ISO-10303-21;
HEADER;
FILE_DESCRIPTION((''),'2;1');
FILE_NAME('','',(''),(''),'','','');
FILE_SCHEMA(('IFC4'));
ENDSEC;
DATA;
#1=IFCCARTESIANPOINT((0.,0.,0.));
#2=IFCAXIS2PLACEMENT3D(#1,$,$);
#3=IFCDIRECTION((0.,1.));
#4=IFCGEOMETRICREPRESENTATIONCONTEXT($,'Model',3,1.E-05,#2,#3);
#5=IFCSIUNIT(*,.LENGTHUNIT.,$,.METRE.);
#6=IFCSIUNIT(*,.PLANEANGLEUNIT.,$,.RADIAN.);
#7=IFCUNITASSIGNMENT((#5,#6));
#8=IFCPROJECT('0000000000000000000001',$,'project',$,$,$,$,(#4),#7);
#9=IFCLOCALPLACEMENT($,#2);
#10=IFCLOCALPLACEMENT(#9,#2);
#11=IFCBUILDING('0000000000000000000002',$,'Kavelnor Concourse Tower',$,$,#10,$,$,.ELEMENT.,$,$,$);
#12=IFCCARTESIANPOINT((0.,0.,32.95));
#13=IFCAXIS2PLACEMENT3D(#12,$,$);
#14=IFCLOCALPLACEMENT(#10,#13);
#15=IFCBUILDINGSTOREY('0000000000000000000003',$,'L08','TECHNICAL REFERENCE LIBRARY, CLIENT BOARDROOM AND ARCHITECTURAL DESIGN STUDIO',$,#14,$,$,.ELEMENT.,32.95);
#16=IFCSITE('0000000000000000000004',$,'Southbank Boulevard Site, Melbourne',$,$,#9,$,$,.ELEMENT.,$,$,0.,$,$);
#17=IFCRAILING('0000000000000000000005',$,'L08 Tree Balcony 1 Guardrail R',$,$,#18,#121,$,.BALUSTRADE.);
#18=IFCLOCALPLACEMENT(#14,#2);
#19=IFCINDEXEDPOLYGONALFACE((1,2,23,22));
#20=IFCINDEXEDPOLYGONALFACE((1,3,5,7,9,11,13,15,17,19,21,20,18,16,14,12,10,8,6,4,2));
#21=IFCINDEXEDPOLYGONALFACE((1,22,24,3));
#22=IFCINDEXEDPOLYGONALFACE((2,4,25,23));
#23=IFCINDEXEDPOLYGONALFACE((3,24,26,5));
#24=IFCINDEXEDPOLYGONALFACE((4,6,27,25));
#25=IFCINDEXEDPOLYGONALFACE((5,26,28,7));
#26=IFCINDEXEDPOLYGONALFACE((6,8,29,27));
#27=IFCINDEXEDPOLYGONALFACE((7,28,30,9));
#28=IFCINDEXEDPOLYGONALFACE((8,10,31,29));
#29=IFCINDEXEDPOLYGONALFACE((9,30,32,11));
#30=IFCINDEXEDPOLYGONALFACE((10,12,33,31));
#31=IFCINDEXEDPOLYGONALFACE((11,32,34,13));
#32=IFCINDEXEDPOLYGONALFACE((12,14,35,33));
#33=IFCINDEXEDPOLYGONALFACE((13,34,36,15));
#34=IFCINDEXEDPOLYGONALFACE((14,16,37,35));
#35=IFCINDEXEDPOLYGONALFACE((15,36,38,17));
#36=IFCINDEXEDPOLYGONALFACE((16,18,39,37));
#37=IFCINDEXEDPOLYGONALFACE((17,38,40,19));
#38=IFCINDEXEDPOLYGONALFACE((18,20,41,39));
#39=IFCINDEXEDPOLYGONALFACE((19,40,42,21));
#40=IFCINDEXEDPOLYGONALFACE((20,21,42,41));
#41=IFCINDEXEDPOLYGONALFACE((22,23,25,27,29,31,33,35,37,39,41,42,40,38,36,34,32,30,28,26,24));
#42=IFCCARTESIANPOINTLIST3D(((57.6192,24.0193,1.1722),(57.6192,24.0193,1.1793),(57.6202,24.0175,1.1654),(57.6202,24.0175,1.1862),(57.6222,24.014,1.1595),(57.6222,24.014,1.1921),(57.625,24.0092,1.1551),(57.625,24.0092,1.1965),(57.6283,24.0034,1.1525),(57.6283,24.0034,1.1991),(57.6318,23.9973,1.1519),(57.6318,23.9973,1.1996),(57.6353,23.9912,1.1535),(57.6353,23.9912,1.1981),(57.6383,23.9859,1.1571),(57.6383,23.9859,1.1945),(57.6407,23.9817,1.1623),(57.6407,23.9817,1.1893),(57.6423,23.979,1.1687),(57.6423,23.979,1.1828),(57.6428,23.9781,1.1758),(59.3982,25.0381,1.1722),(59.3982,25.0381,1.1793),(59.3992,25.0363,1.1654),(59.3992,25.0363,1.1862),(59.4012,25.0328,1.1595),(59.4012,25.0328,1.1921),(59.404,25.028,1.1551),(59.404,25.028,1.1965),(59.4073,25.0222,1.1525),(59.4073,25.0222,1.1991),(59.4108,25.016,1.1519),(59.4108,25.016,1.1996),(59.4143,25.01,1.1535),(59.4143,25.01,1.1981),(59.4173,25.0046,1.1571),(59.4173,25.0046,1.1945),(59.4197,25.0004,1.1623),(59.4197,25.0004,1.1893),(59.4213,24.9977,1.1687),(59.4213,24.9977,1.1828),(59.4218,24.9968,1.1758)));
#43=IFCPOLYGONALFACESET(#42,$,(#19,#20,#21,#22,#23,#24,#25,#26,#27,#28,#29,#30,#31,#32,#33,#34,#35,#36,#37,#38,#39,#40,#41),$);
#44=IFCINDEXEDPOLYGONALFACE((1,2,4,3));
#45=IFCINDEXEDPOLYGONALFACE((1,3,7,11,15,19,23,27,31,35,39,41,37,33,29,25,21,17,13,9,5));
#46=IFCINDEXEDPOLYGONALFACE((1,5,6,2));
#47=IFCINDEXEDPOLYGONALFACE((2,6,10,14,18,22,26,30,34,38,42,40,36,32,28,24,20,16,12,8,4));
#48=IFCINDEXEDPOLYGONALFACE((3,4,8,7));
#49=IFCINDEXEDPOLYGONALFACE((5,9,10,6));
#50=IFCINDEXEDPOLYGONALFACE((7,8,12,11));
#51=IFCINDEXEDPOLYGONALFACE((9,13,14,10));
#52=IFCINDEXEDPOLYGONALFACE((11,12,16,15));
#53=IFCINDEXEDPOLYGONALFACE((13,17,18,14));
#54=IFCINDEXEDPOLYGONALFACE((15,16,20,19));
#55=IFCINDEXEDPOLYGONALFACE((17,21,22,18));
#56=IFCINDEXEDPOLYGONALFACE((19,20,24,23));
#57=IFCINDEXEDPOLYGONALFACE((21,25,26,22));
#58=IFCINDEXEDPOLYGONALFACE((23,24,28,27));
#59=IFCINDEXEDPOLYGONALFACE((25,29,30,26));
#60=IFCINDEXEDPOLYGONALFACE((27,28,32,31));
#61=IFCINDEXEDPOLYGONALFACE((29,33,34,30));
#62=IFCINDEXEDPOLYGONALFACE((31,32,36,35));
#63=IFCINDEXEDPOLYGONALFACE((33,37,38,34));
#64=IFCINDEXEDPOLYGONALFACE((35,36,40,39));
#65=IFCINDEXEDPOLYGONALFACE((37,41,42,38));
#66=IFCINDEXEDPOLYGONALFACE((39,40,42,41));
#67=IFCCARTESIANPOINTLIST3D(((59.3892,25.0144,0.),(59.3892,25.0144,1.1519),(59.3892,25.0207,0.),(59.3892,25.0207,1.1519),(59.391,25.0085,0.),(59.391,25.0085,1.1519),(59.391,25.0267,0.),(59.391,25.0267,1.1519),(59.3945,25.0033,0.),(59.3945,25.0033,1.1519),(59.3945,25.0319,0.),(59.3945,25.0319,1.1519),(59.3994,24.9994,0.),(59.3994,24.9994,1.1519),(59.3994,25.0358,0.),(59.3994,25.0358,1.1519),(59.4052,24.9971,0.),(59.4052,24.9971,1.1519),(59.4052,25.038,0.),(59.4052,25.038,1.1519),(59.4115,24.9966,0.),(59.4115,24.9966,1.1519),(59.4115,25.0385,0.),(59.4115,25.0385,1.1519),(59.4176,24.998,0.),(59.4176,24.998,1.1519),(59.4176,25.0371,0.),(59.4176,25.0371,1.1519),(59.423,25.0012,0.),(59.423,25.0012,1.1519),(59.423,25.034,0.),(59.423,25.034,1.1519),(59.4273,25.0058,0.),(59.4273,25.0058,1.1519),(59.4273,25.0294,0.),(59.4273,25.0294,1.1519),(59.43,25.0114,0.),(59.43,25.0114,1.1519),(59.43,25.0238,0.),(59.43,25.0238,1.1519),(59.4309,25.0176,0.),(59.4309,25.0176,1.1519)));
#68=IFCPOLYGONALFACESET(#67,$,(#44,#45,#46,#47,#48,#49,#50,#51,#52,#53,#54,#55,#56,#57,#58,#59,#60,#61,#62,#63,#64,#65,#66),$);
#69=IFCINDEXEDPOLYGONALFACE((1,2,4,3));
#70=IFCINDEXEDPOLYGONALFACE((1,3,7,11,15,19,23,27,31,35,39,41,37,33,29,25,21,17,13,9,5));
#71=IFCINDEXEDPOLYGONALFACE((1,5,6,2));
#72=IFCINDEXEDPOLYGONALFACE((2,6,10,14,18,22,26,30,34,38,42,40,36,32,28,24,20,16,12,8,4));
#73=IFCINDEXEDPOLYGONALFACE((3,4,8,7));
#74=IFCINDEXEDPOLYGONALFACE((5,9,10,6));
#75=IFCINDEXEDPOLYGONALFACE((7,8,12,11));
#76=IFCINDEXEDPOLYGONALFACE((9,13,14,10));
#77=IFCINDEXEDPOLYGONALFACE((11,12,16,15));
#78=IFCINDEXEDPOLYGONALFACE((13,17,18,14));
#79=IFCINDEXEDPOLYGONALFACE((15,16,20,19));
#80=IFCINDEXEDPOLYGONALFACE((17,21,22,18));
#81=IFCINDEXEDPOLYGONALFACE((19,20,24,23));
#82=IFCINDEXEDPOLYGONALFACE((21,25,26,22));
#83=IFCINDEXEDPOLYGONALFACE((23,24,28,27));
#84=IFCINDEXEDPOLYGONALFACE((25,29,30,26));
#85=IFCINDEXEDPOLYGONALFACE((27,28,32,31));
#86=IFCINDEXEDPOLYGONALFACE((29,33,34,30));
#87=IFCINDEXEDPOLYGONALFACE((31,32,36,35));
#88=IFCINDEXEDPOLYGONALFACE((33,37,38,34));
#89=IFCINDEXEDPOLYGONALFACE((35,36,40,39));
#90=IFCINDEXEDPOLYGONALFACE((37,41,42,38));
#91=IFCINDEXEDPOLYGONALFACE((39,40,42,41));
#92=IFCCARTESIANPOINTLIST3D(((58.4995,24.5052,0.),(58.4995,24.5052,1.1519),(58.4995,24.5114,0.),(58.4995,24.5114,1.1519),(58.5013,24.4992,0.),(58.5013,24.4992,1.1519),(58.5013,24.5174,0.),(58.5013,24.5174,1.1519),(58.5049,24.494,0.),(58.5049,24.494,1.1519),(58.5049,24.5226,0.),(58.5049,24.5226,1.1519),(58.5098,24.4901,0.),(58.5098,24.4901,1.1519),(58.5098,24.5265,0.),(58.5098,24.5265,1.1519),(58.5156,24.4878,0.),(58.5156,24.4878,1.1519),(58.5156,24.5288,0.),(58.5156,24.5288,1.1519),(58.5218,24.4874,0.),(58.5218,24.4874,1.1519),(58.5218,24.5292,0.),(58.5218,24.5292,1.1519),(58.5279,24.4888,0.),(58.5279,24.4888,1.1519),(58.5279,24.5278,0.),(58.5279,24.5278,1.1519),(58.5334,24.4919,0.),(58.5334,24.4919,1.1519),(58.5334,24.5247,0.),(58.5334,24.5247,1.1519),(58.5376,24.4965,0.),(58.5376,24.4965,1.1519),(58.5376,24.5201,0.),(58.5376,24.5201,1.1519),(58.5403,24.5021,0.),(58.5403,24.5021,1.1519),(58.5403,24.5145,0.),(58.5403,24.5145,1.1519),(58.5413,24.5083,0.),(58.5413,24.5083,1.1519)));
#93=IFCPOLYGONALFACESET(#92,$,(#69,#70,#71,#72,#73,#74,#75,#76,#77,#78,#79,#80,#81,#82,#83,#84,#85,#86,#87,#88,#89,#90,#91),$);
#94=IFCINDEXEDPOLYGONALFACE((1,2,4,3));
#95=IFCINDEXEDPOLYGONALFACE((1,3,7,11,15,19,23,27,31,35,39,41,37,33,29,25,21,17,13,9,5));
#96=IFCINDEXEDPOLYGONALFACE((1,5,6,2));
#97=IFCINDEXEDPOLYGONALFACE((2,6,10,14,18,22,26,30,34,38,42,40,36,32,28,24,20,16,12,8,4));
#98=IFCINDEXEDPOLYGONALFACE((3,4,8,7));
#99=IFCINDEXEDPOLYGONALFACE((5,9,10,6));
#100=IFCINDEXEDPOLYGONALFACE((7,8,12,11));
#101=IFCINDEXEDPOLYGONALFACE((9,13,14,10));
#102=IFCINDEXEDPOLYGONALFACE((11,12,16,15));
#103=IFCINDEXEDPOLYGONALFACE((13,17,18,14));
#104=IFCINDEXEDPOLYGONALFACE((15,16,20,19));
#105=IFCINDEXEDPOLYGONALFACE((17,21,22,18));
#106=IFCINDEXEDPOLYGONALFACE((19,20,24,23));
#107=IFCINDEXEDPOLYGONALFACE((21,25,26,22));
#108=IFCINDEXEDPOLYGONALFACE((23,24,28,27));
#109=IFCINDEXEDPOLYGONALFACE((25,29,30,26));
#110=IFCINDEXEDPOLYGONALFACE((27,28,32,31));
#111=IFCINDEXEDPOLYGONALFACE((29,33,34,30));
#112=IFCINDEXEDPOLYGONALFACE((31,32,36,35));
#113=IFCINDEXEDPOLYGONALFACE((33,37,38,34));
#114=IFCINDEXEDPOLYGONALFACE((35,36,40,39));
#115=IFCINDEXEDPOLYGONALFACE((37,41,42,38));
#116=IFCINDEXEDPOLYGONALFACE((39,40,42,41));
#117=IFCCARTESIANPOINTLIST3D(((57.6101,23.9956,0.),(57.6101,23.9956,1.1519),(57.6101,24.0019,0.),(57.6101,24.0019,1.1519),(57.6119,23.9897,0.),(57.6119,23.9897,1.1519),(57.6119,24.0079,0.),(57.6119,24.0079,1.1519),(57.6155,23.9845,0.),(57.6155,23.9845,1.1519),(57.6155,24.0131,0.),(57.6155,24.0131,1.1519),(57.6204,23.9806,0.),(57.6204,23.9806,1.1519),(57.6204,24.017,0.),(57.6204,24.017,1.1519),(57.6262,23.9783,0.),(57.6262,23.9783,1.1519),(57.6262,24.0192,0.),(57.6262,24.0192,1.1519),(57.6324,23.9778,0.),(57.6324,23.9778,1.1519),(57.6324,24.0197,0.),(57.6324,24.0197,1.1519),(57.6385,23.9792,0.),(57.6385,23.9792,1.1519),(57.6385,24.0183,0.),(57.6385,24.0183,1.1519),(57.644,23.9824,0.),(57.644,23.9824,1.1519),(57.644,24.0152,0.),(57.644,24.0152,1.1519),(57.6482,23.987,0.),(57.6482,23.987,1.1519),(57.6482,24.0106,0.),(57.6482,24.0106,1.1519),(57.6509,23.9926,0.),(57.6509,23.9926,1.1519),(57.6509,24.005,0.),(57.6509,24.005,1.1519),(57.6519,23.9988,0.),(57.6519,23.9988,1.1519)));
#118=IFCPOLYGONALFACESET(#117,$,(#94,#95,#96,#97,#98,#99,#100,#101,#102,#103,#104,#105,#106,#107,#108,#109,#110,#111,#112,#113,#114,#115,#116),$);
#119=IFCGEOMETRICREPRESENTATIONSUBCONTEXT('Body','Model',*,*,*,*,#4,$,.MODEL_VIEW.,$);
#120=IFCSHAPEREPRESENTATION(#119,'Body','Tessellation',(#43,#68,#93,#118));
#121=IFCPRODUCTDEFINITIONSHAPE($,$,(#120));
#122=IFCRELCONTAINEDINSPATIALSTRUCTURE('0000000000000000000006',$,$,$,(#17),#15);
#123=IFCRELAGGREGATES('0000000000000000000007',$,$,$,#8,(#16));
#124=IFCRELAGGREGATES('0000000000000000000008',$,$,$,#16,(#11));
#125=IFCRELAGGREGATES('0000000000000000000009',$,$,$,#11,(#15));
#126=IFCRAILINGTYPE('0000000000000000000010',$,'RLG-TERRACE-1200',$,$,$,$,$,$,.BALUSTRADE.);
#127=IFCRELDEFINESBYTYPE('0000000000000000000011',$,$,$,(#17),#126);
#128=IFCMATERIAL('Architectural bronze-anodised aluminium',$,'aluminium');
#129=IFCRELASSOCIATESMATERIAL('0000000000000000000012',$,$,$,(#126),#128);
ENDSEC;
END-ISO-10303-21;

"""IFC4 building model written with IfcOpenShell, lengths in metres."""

from ifc_helpers import new_model, si_unit, direction, frame, origin, origin_2d, place, context, subcontext, project, spatial, circle, extrude, material, type_object, element, save


model = new_model("IFC4")

# Units and contexts
model_context = context("Model", 3, precision=1e-05, world=origin(), true_north=direction((0.0, 1.0)))
body_context = subcontext(model_context, "Body", "Model", "MODEL_VIEW")
ifc_project = project(units=[si_unit("LENGTHUNIT", "METRE"), si_unit("PLANEANGLEUNIT", "RADIAN")], contexts=[model_context])

# Site, building, storey
site_placement = place(None, origin())
site = spatial("IfcSite", under=ifc_project, at=site_placement, Name="Southbank Boulevard Site, Melbourne", CompositionType="ELEMENT", RefElevation=0.0)
building_placement = place(site_placement, origin())
building = spatial("IfcBuilding", under=site, at=building_placement, Name="Kavelnor Concourse Tower", CompositionType="ELEMENT")
storey_placement = place(building_placement, frame((0.0, 0.0, 32.95)))
storey = spatial("IfcBuildingStorey", under=building, at=storey_placement, Name="L08", Description="TECHNICAL REFERENCE LIBRARY, CLIENT BOARDROOM AND ARCHITECTURAL DESIGN STUDIO", CompositionType="ELEMENT", Elevation=32.95)

# Railing
ifc_material_1 = material(Name="Architectural bronze-anodised aluminium", Category="aluminium")
railing_type_1 = type_object("IfcRailingType", Name="RLG-TERRACE-1200", PredefinedType="BALUSTRADE", material=ifc_material_1)
railing_1_placement = place(storey_placement, frame((59.4099, 25.0176, 0.0)))
element("IfcRailing", 1, at=railing_1_placement, inside=storey, type_object=railing_type_1, Name="L08 Tree Balcony 1 Guardrail R", PredefinedType="BALUSTRADE", context=body_context, shape_type="SweptSolid", body=[
    extrude(circle(Radius=0.0239, at=origin_2d()), frame((0.0, 0.0, 1.1758), z_axis=(-0.867781, -0.496947, 0.0), x_axis=(0.496947, -0.867781, 0.0)), (0.0, 0.0, 1.0), 2.05),
    extrude(circle(Radius=0.021, at=origin_2d()), origin(), (0.0, 0.0, 1.0), 1.1519),
    extrude(circle(Radius=0.021, at=origin_2d()), frame((-0.8896, -0.5093, 0.0)), (0.0, 0.0, 1.0), 1.1519),
    extrude(circle(Radius=0.021, at=origin_2d()), frame((-1.7791, -1.0188, 0.0)), (0.0, 0.0, 1.0), 1.1519),
])

save(model, "model.ifc")
